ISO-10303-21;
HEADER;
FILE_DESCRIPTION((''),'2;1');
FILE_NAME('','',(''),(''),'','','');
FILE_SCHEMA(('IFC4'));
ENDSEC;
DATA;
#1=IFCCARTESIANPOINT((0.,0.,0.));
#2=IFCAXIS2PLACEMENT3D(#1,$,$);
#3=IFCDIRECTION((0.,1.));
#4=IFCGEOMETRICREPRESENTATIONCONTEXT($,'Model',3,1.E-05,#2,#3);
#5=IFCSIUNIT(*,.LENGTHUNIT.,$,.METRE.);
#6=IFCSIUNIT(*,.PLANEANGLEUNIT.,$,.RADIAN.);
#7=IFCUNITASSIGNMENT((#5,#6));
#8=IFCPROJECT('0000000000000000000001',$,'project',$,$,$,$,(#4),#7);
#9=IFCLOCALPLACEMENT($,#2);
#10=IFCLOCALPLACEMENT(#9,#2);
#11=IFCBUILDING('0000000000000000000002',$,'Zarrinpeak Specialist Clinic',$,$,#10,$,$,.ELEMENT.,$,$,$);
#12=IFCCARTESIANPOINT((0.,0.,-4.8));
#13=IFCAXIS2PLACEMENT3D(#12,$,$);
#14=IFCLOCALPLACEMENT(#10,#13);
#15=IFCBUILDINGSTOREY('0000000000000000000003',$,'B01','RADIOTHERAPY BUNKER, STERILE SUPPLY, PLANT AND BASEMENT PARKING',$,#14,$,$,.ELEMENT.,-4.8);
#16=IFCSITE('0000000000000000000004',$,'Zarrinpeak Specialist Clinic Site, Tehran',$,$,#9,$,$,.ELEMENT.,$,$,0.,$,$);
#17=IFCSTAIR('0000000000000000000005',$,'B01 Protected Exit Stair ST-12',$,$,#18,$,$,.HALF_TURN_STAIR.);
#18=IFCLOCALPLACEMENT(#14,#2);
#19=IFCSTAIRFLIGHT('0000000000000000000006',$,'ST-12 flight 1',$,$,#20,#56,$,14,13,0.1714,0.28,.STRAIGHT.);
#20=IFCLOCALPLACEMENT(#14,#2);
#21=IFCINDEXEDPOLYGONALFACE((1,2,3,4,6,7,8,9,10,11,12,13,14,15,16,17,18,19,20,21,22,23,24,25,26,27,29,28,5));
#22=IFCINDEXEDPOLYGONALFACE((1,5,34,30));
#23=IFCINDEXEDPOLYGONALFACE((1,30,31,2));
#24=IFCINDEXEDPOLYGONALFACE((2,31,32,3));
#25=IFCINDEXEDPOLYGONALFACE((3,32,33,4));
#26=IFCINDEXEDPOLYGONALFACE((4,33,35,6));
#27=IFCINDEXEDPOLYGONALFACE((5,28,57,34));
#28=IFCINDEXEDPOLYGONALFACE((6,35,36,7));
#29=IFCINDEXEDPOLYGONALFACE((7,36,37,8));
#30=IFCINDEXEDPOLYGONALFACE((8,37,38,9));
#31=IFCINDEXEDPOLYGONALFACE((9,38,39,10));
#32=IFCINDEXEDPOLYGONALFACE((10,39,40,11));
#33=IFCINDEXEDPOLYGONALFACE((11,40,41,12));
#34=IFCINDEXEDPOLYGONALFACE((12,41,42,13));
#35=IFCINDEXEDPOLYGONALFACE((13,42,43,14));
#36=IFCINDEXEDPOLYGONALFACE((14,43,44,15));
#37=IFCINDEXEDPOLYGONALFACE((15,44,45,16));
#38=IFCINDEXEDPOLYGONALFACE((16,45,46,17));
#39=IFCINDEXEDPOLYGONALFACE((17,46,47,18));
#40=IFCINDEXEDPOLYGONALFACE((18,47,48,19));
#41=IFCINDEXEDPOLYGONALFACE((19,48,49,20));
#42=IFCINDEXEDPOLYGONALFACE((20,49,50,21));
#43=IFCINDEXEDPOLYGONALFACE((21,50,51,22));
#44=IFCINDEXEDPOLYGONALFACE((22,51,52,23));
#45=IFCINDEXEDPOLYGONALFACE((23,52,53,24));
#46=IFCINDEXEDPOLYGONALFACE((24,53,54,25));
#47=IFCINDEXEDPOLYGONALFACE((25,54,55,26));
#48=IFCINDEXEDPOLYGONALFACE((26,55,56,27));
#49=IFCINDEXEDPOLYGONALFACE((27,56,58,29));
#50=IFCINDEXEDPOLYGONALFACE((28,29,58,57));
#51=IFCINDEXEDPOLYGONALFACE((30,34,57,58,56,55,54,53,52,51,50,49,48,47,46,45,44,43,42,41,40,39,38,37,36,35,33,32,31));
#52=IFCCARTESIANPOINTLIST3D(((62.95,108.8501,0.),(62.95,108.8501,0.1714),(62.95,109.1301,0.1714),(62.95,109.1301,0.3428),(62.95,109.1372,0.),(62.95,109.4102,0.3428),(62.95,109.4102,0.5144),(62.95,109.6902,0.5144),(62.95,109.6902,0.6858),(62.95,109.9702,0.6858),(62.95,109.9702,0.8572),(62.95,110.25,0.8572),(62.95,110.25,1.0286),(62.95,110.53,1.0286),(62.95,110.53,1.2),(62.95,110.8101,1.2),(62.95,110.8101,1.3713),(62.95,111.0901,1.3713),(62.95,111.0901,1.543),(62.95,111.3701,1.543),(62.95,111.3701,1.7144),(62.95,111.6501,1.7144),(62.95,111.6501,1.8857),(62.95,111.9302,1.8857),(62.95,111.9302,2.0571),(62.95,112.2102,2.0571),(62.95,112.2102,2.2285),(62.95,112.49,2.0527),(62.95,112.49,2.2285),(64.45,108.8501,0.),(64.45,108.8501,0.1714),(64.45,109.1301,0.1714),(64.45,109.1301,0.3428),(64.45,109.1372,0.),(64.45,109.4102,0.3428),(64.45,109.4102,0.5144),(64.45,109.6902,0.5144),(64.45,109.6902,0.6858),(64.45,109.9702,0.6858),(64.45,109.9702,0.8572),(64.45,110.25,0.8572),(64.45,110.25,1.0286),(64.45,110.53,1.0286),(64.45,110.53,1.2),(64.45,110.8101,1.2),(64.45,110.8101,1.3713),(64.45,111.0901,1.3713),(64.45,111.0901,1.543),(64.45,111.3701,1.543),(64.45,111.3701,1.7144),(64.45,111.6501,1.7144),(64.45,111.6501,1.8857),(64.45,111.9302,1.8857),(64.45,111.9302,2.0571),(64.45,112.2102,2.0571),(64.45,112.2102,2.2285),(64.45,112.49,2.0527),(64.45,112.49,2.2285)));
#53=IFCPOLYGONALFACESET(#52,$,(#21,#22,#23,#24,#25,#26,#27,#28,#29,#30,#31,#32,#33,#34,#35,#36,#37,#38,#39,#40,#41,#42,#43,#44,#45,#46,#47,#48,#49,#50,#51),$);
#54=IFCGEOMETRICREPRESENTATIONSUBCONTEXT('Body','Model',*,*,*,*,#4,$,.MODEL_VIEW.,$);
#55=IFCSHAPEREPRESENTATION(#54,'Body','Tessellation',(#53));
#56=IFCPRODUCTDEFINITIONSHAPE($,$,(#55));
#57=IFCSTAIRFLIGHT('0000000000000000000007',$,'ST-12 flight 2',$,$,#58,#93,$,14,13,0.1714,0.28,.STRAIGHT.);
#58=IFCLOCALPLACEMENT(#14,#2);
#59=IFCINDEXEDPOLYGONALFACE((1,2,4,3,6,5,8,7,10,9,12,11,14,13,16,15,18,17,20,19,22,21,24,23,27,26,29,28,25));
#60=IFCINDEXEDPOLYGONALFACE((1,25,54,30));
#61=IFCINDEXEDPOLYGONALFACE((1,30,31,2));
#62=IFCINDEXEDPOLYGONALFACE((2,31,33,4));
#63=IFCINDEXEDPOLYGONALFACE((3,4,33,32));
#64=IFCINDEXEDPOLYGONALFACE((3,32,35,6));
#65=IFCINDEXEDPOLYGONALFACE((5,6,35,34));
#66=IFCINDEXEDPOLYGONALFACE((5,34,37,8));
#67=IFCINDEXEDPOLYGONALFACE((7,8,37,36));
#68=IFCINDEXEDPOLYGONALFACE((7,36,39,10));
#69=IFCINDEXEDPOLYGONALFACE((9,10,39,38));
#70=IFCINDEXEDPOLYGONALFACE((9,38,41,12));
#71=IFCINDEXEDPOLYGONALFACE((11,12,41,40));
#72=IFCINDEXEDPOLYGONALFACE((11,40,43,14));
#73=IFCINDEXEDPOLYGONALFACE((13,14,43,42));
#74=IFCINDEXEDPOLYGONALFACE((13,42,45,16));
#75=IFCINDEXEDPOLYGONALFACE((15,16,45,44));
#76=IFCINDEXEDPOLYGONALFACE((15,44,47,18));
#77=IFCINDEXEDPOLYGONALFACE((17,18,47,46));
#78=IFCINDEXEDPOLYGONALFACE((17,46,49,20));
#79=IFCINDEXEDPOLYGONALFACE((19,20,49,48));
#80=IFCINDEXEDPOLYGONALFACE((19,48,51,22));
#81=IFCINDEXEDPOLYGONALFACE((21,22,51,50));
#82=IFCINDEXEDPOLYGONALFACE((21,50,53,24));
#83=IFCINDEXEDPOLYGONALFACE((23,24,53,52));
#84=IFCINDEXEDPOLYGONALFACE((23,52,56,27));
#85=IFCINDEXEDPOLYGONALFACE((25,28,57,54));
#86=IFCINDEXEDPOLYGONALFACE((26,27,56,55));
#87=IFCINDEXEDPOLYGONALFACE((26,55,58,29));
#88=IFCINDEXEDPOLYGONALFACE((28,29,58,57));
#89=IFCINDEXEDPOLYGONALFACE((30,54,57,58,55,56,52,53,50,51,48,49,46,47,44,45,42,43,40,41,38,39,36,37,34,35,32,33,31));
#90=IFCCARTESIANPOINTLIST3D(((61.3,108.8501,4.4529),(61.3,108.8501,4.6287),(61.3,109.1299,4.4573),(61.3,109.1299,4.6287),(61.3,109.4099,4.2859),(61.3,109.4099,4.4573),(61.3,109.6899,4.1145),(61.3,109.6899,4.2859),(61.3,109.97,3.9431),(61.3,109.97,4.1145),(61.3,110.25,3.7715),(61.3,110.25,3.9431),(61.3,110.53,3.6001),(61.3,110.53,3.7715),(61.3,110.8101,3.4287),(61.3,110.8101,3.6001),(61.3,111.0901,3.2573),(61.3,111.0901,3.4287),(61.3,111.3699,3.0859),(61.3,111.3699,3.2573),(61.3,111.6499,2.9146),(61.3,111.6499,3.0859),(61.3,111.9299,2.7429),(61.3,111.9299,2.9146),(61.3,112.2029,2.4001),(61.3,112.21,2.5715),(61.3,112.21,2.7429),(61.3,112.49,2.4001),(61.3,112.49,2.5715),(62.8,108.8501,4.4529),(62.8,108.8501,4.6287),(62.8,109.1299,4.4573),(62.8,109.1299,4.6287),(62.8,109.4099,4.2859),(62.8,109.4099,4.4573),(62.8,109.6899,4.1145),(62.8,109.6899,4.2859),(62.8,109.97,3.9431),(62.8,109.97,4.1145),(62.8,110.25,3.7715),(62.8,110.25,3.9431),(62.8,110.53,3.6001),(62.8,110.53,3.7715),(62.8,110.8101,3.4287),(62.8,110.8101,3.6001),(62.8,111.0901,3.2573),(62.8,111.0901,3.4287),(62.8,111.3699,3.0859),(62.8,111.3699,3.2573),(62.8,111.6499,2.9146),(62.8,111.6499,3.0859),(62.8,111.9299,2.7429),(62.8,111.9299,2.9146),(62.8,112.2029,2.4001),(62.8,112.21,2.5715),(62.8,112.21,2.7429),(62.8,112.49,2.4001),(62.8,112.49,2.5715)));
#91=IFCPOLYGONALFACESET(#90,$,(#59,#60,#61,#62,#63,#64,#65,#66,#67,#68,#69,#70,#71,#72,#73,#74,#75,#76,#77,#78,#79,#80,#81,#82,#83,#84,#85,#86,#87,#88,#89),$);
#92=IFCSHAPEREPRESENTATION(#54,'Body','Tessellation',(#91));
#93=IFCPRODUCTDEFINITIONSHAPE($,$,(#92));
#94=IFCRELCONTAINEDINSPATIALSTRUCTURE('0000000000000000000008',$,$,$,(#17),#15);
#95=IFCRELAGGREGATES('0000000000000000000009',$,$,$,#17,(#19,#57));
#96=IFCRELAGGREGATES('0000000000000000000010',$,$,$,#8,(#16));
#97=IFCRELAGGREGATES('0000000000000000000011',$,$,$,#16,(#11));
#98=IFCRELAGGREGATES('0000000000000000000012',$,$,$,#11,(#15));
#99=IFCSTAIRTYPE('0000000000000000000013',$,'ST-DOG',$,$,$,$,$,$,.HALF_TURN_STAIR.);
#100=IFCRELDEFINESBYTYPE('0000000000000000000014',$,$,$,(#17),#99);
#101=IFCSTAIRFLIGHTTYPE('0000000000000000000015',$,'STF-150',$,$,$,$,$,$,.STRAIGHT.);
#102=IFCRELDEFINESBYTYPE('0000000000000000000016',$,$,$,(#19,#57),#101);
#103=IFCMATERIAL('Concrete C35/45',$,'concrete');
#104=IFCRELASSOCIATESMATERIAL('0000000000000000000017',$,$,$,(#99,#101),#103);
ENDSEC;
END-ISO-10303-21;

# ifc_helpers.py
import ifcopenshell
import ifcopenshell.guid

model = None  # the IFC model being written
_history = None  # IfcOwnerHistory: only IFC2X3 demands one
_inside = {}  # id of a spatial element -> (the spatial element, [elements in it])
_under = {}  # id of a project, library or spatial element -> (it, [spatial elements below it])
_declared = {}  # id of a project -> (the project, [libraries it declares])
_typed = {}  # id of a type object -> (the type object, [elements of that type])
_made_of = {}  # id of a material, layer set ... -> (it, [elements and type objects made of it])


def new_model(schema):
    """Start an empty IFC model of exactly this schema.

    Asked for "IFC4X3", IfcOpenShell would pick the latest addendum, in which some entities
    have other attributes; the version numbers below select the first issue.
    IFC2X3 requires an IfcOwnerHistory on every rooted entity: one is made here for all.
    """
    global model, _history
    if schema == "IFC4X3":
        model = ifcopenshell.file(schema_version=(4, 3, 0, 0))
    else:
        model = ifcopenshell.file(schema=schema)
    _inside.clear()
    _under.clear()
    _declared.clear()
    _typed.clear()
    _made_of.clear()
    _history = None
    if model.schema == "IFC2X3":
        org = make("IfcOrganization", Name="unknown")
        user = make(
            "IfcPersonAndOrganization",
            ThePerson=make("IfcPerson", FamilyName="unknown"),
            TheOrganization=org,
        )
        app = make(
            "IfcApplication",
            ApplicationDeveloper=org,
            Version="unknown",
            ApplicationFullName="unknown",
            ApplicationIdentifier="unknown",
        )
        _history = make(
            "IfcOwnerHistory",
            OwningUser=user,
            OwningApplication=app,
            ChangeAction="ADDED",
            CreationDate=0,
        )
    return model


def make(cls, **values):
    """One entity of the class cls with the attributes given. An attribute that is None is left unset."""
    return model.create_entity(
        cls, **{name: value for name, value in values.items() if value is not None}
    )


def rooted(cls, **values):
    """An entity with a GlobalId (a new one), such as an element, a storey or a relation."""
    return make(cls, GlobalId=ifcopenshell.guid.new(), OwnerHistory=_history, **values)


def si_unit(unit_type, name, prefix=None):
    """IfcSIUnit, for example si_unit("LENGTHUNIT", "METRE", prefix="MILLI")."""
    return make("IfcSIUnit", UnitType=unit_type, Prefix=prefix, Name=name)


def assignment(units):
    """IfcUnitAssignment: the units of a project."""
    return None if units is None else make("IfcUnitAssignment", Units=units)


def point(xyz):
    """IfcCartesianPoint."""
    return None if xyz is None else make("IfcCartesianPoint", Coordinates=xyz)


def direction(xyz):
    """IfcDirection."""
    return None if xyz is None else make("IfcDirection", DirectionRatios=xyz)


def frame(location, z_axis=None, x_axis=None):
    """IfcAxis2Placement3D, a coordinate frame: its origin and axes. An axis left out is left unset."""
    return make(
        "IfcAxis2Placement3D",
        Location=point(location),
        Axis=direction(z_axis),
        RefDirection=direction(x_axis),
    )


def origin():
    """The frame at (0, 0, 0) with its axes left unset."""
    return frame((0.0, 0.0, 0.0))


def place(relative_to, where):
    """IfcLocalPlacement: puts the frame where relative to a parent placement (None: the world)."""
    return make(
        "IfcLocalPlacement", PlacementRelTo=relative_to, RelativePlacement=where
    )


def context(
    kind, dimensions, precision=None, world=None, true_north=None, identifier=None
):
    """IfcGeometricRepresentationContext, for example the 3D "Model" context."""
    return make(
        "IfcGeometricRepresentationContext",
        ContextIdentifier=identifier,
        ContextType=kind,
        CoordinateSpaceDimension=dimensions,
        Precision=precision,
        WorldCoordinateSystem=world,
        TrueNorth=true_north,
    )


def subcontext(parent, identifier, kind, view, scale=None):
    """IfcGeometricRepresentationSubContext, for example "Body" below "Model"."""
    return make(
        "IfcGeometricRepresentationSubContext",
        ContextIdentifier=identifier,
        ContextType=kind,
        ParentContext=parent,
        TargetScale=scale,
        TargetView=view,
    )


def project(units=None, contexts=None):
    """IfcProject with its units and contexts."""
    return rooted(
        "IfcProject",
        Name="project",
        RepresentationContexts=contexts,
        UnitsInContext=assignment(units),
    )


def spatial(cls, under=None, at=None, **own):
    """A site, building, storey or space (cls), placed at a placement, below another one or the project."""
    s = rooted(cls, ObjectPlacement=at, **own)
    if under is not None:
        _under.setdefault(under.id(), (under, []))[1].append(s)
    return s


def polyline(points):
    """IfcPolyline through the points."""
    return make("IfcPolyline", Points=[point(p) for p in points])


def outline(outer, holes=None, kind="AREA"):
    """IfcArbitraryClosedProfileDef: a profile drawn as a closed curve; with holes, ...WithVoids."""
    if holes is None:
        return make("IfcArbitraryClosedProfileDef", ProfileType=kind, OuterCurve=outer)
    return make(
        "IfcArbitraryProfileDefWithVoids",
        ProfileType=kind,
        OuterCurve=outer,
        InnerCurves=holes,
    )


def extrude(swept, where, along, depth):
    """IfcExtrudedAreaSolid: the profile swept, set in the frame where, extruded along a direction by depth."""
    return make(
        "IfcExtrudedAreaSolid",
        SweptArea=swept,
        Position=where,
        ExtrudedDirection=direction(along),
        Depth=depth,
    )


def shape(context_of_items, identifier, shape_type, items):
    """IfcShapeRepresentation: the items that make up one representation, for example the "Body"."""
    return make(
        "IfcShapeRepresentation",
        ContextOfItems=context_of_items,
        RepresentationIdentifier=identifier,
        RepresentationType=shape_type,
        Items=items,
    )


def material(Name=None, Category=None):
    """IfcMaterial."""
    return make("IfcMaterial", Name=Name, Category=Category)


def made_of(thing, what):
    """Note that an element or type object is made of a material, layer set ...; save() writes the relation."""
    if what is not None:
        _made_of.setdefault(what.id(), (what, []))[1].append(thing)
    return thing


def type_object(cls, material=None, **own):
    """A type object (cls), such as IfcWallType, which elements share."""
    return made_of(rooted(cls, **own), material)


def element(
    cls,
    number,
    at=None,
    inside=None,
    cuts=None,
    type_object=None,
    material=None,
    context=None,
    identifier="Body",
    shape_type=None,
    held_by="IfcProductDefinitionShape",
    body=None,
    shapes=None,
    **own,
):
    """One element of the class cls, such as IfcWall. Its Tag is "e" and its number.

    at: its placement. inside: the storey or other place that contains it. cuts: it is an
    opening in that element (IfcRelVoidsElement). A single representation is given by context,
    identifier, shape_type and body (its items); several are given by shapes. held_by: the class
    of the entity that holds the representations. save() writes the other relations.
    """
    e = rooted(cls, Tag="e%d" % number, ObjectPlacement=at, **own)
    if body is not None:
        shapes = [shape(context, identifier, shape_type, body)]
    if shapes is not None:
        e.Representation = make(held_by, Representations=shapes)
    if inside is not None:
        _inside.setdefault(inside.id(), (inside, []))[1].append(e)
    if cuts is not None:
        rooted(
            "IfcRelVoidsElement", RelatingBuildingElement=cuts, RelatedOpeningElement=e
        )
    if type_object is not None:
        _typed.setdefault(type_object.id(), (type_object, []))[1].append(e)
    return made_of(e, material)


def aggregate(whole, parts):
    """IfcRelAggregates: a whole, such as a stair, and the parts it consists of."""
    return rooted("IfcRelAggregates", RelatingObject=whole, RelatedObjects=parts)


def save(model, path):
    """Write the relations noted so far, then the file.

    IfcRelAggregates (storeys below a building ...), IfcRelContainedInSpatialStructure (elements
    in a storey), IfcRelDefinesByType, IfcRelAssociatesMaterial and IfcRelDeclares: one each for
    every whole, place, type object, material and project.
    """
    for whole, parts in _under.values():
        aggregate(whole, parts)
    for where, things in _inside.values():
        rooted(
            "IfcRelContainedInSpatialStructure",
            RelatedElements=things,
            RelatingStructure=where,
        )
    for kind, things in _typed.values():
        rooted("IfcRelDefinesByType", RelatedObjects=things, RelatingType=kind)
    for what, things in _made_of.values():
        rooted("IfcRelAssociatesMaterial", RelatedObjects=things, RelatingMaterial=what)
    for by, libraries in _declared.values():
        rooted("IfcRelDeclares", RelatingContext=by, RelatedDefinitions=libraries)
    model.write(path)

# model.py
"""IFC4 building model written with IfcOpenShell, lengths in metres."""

from ifc_helpers import new_model, si_unit, direction, frame, origin, place, context, subcontext, project, spatial, polyline, outline, extrude, material, type_object, element, aggregate, save


model = new_model("IFC4")

# Units and contexts
model_context = context("Model", 3, precision=1e-05, world=origin(), true_north=direction((0.0, 1.0)))
body_context = subcontext(model_context, "Body", "Model", "MODEL_VIEW")
ifc_project = project(units=[si_unit("LENGTHUNIT", "METRE"), si_unit("PLANEANGLEUNIT", "RADIAN")], contexts=[model_context])

# Site, building, storey
site_placement = place(None, origin())
site = spatial("IfcSite", under=ifc_project, at=site_placement, Name="Zarrinpeak Specialist Clinic Site, Tehran", CompositionType="ELEMENT", RefElevation=0.0)
building_placement = place(site_placement, origin())
building = spatial("IfcBuilding", under=site, at=building_placement, Name="Zarrinpeak Specialist Clinic", CompositionType="ELEMENT")
storey_placement = place(building_placement, frame((0.0, 0.0, -4.8)))
storey = spatial("IfcBuildingStorey", under=building, at=storey_placement, Name="B01", Description="RADIOTHERAPY BUNKER, STERILE SUPPLY, PLANT AND BASEMENT PARKING", CompositionType="ELEMENT", Elevation=-4.8)

# Stair, stair flights
ifc_material_1 = material(Name="Concrete C35/45", Category="concrete")
stair_type = type_object("IfcStairType", Name="ST-DOG", PredefinedType="HALF_TURN_STAIR", material=ifc_material_1)
stair_placement = place(storey_placement, origin())
stair = element("IfcStair", 1, at=stair_placement, inside=storey, type_object=stair_type, Name="B01 Protected Exit Stair ST-12", PredefinedType="HALF_TURN_STAIR")
stair_flight_type = type_object("IfcStairFlightType", Name="STF-150", PredefinedType="STRAIGHT", material=ifc_material_1)
stair_flight_1_placement = place(storey_placement, frame((63.7, 108.8501, 0.0), z_axis=(0.0, 0.0, 1.0), x_axis=(0.0, 1.0, 0.0)))
stair_flight_1 = element("IfcStairFlight", 2, at=stair_flight_1_placement, type_object=stair_flight_type, Name="ST-12 flight 1", NumberOfRisers=14, NumberOfTreads=13, PredefinedType="STRAIGHT", RiserHeight=0.1714, TreadLength=0.28, context=body_context, shape_type="SweptSolid", body=[
    extrude(outline(polyline([(0.0, 0.0), (0.0, 0.1714), (0.28, 0.1714), (0.28, 0.3428), (0.5601, 0.3428), (0.5601, 0.5144), (0.8401, 0.5144), (0.8401, 0.6858), (1.1201, 0.6858), (1.1201, 0.8572), (1.3999, 0.8572), (1.3999, 1.0286), (1.6799, 1.0286), (1.6799, 1.2), (1.96, 1.2), (1.96, 1.3713), (2.24, 1.3713), (2.24, 1.543), (2.52, 1.543), (2.52, 1.7144), (2.8, 1.7144), (2.8, 1.8857), (3.0801, 1.8857), (3.0801, 2.0571), (3.3601, 2.0571), (3.3601, 2.2285), (3.6399, 2.2285), (3.6399, 2.3999), (3.6399, 2.0527), (0.2871, 0.0), (0.0, 0.0)])), frame((0.0, 0.75, 0.0), z_axis=(0.0, -1.0, 0.0), x_axis=(1.0, 0.0, 0.0)), (0.0, 0.0, 1.0), 1.5),
])
stair_flight_2_placement = place(storey_placement, frame((62.05, 112.49, 2.4001), z_axis=(0.0, 0.0, 1.0), x_axis=(0.0, -1.0, 0.0)))
stair_flight_2 = element("IfcStairFlight", 3, at=stair_flight_2_placement, type_object=stair_flight_type, Name="ST-12 flight 2", NumberOfRisers=14, NumberOfTreads=13, PredefinedType="STRAIGHT", RiserHeight=0.1714, TreadLength=0.28, context=body_context, shape_type="SweptSolid", body=[
    extrude(outline(polyline([(0.0, 0.0), (0.0, 0.1714), (0.28, 0.1714), (0.28, 0.3428), (0.5601, 0.3428), (0.5601, 0.5144), (0.8401, 0.5144), (0.8401, 0.6858), (1.1201, 0.6858), (1.1201, 0.8572), (1.3999, 0.8572), (1.3999, 1.0286), (1.6799, 1.0286), (1.6799, 1.2), (1.96, 1.2), (1.96, 1.3713), (2.24, 1.3713), (2.24, 1.543), (2.52, 1.543), (2.52, 1.7144), (2.8, 1.7144), (2.8, 1.8857), (3.0801, 1.8857), (3.0801, 2.0571), (3.3601, 2.0571), (3.3601, 2.2285), (3.6399, 2.2285), (3.6399, 2.3999), (3.6399, 2.0527), (0.2871, 0.0), (0.0, 0.0)])), frame((0.0, 0.75, 0.0), z_axis=(0.0, -1.0, 0.0), x_axis=(1.0, 0.0, 0.0)), (0.0, 0.0, 1.0), 1.5),
])
aggregate(stair, [stair_flight_1, stair_flight_2])

save(model, "model.ifc")
